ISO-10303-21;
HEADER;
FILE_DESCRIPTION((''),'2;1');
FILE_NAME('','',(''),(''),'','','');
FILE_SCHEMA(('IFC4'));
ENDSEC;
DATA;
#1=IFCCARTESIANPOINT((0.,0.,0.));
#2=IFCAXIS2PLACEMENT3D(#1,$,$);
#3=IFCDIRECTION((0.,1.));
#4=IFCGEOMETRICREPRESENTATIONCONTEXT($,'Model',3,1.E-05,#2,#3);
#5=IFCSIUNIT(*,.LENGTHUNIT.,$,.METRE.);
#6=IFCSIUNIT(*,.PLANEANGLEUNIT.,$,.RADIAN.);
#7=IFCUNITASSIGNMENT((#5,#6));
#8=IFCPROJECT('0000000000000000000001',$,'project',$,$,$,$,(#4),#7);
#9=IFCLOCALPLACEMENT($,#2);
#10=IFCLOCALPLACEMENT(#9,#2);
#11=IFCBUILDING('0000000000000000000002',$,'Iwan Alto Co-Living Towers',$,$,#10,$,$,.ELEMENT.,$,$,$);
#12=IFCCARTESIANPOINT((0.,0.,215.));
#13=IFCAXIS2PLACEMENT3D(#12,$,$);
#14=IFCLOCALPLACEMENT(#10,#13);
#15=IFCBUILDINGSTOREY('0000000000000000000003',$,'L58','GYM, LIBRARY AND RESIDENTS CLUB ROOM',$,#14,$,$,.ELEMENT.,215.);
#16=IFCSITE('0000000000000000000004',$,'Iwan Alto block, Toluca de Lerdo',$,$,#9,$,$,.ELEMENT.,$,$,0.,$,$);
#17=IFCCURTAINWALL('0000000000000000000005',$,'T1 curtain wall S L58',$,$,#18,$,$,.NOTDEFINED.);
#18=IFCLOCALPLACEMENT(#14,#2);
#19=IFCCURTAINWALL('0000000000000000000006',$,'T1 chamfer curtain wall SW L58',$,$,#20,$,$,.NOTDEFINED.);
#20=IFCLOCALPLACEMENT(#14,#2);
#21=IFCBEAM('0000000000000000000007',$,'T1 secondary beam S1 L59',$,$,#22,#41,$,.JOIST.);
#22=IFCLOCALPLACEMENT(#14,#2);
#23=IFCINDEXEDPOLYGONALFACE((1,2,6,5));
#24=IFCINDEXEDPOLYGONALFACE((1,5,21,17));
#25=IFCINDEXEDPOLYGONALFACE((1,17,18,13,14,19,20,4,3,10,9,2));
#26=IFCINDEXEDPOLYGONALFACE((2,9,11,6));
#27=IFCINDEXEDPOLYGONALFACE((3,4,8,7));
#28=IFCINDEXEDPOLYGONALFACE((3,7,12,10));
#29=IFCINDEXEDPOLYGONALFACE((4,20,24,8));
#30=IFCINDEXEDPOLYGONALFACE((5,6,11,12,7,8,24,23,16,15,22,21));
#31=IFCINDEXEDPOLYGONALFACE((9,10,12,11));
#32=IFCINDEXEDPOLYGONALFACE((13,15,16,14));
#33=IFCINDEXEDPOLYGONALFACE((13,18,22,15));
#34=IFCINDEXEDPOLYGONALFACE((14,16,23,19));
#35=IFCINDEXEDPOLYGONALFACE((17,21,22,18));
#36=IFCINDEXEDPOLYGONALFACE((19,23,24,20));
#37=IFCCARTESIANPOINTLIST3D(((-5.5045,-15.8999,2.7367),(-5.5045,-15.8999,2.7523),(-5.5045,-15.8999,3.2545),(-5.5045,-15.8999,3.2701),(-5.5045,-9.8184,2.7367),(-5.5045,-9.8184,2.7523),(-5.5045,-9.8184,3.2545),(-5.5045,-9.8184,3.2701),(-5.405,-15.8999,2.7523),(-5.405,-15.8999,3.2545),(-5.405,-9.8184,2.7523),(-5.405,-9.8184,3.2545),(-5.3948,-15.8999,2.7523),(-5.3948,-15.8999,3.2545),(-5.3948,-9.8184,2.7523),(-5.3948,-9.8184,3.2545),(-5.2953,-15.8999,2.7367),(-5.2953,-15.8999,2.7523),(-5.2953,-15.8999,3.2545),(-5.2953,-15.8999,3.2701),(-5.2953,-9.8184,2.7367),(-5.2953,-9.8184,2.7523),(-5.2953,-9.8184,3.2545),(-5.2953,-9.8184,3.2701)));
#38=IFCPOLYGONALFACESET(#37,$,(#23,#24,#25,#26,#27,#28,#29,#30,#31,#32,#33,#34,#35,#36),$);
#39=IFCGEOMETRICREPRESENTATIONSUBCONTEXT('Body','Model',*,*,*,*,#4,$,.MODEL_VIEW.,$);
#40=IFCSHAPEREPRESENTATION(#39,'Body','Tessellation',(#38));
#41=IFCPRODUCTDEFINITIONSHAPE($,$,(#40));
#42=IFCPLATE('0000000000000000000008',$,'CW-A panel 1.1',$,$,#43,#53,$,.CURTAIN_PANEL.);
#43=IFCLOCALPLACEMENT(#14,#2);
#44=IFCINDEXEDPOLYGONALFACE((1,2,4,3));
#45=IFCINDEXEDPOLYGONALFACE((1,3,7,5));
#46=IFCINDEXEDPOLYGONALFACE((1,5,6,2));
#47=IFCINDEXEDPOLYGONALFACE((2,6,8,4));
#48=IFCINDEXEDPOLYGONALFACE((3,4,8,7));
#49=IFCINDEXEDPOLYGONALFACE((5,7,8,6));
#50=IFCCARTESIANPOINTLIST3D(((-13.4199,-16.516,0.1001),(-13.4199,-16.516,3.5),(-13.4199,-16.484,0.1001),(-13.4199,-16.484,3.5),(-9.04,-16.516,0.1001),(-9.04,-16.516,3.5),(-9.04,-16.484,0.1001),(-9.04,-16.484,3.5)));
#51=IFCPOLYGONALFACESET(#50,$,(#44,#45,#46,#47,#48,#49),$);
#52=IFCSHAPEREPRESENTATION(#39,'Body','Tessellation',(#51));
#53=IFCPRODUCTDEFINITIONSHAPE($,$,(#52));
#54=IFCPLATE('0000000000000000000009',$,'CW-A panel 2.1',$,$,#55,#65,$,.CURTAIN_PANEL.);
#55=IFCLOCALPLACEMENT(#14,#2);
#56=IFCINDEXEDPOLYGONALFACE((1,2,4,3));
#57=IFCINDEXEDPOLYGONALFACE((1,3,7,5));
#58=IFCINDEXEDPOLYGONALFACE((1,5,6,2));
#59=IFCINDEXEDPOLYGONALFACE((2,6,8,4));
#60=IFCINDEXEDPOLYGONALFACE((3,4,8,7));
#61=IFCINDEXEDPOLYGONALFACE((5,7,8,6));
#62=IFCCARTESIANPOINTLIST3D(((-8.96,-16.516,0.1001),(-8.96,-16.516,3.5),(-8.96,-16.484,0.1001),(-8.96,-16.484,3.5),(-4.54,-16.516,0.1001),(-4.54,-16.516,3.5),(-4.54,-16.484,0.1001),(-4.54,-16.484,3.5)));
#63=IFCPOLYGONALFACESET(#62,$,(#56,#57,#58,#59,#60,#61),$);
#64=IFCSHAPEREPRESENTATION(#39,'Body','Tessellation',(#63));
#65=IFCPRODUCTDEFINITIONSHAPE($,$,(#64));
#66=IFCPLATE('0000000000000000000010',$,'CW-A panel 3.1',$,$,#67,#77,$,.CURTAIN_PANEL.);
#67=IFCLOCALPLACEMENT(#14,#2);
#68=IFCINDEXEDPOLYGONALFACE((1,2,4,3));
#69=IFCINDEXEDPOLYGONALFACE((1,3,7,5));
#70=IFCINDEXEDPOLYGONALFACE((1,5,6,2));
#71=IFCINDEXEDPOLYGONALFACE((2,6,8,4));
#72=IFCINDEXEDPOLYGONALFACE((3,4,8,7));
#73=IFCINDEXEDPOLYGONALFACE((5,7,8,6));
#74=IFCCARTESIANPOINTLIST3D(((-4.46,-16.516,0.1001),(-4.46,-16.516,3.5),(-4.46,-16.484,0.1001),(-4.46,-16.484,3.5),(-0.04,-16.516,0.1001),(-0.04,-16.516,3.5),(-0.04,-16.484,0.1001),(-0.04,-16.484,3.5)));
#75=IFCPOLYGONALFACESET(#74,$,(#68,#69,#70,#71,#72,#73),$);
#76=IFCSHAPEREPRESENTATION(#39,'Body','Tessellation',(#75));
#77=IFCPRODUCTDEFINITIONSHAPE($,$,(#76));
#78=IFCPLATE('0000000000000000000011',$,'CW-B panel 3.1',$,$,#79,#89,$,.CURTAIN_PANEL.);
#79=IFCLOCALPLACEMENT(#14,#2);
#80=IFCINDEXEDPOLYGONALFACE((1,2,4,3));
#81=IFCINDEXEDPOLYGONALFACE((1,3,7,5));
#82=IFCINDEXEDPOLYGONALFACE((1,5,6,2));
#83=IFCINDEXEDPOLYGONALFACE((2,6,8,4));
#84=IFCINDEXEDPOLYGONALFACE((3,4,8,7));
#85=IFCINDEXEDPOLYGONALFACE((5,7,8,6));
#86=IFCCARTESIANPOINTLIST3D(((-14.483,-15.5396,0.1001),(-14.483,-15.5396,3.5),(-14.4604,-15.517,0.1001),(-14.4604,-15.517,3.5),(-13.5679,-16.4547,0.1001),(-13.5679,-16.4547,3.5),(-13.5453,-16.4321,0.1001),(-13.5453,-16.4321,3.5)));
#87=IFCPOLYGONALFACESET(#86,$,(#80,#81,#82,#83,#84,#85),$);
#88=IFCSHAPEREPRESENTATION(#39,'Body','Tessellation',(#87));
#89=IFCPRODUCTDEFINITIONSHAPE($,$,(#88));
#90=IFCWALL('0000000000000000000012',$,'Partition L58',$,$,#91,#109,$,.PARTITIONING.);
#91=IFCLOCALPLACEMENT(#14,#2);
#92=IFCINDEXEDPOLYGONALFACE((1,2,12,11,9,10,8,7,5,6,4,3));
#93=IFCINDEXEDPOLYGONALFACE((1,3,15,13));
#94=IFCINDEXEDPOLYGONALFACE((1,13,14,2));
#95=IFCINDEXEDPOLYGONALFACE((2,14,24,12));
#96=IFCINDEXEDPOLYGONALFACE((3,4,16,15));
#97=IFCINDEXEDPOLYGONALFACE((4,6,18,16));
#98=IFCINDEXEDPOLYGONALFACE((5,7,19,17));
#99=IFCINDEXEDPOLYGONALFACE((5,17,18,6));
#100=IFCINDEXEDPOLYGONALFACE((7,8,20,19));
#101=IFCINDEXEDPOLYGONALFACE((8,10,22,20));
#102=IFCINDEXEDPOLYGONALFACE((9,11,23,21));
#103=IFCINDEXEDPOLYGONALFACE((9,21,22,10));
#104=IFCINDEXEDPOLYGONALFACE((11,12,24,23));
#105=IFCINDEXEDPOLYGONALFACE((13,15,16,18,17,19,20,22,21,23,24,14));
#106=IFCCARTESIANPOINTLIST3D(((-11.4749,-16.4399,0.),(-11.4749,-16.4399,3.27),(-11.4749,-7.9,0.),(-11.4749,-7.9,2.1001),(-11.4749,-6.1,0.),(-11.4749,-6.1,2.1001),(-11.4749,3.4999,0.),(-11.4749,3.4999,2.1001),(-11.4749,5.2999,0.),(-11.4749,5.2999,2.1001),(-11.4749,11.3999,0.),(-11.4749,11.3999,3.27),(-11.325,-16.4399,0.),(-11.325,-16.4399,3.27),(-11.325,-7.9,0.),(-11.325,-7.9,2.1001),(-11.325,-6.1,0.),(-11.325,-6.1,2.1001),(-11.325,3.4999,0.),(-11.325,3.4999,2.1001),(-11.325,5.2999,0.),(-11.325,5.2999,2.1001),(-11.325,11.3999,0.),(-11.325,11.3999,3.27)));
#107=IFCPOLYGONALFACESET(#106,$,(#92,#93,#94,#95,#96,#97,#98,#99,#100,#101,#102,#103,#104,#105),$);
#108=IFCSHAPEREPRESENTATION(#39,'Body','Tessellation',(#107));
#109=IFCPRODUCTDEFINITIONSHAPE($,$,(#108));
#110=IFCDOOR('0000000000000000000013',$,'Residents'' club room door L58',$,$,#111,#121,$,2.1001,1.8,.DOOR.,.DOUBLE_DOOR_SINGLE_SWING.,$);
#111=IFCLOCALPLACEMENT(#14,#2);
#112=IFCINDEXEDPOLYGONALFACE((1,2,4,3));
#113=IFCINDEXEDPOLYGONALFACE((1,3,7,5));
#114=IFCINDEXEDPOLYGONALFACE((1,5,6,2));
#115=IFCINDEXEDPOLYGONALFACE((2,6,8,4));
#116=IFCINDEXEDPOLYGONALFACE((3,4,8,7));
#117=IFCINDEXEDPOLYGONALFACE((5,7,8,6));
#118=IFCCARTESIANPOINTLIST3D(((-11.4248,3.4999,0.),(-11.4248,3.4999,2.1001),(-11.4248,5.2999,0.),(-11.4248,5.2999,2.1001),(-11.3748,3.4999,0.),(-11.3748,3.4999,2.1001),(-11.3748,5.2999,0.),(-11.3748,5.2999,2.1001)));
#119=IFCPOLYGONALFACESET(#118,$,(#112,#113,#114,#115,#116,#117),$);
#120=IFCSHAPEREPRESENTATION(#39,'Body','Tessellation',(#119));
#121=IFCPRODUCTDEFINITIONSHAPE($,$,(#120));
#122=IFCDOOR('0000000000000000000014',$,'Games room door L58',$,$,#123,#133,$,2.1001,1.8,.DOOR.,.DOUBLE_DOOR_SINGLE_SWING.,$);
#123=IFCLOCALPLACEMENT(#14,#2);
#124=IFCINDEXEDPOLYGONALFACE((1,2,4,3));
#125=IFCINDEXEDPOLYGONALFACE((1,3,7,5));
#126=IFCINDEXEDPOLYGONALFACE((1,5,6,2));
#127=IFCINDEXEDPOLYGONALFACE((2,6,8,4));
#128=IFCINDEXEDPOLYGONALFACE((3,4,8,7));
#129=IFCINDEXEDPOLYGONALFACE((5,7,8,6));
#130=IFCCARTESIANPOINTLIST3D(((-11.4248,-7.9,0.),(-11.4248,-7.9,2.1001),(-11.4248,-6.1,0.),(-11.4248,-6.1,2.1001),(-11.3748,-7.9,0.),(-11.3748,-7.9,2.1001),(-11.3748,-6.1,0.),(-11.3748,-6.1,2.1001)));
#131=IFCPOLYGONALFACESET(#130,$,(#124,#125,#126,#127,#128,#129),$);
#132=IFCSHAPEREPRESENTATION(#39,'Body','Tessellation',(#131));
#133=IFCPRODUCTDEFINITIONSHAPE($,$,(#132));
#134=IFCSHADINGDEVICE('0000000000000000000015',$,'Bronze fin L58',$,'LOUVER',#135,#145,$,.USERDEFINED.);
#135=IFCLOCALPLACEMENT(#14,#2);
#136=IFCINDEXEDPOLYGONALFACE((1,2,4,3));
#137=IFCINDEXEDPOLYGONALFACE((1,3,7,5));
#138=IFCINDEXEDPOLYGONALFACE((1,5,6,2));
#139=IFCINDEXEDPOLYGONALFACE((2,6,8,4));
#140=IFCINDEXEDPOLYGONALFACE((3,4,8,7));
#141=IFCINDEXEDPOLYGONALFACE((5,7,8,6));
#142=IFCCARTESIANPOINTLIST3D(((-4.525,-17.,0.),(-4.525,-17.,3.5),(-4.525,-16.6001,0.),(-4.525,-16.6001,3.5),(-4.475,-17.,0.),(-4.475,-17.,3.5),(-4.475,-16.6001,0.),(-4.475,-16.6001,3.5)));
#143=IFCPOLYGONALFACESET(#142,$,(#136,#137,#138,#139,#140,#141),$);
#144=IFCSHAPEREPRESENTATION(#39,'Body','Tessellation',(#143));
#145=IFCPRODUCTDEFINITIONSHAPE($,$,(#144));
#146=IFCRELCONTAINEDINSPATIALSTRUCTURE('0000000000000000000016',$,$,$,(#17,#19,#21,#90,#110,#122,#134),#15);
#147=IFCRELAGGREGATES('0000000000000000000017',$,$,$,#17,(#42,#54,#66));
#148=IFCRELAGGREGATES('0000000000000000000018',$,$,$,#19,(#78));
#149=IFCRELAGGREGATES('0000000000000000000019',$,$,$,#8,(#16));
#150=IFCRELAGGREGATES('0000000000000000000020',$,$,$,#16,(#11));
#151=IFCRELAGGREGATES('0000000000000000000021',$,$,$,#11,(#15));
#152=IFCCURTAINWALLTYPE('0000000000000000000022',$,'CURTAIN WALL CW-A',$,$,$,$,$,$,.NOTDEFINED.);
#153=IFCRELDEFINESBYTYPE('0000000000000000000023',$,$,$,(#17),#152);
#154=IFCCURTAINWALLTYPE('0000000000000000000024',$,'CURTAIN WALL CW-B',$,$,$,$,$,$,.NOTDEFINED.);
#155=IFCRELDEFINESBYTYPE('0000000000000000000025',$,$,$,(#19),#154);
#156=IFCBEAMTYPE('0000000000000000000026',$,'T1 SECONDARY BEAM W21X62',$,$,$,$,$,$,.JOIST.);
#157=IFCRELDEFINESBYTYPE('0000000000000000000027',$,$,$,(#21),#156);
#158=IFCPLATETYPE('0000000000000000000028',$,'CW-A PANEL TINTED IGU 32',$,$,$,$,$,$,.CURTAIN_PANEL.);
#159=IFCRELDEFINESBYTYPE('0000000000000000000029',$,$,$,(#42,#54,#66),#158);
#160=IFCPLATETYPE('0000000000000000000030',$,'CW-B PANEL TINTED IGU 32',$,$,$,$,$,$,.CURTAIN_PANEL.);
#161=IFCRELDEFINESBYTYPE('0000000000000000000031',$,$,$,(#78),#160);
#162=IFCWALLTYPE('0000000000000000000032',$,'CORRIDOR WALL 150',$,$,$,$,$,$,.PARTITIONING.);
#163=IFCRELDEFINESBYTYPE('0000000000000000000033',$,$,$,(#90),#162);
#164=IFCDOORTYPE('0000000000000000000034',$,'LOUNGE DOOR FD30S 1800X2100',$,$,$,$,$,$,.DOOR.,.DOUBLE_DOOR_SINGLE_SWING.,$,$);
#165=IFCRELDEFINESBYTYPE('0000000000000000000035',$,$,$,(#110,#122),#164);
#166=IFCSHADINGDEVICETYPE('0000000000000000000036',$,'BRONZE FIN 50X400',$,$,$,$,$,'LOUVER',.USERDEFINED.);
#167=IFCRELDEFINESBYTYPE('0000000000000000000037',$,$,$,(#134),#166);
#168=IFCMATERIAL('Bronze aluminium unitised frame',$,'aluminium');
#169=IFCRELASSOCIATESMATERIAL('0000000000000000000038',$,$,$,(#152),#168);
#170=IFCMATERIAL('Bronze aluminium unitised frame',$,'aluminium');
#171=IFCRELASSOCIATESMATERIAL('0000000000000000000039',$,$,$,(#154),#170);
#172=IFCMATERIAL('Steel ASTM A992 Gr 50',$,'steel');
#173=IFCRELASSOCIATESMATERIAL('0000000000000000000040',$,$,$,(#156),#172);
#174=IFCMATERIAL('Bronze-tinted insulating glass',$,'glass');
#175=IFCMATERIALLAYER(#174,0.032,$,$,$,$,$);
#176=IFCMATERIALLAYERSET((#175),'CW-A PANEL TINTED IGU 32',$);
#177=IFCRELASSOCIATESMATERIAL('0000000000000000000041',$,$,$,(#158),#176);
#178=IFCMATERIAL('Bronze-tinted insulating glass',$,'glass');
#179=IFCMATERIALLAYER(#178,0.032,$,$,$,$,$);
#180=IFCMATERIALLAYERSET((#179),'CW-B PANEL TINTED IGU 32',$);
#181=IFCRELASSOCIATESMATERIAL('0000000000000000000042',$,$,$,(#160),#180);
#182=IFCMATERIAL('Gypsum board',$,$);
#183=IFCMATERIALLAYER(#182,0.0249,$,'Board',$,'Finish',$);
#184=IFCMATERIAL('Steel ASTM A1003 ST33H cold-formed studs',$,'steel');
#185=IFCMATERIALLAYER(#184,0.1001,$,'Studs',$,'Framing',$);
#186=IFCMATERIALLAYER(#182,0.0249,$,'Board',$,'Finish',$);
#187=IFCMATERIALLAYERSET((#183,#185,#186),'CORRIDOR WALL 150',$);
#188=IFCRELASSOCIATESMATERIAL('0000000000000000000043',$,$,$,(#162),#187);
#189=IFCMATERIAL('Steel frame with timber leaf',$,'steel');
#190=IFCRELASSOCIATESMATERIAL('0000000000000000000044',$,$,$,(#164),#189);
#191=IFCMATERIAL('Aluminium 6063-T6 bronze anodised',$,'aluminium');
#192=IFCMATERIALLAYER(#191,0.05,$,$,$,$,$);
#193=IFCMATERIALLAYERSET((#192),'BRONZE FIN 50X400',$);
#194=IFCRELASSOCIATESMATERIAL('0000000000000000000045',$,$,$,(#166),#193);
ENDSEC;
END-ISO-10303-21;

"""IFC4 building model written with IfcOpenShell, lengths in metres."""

from ifc_helpers import new_model, si_unit, direction, frame, frame_2d, origin, origin_2d, place, context, subcontext, project, spatial, rectangle, i_section, extrude, material, layer, layer_set, material_profile, profile_set, type_object, element, fill, aggregate, save


model = new_model("IFC4")

# Units and contexts
model_context = context("Model", 3, precision=1e-05, world=origin(), true_north=direction((0.0, 1.0)))
body_context = subcontext(model_context, "Body", "Model", "MODEL_VIEW")
ifc_project = project(units=[si_unit("LENGTHUNIT", "METRE"), si_unit("PLANEANGLEUNIT", "RADIAN")], contexts=[model_context])

# Site, building, storey
site_placement = place(None, origin())
site = spatial("IfcSite", under=ifc_project, at=site_placement, Name="Iwan Alto block, Toluca de Lerdo", CompositionType="ELEMENT", RefElevation=0.0)
building_placement = place(site_placement, origin())
building = spatial("IfcBuilding", under=site, at=building_placement, Name="Iwan Alto Co-Living Towers", CompositionType="ELEMENT")
storey_placement = place(building_placement, frame((0.0, 0.0, 215.0)))
storey = spatial("IfcBuildingStorey", under=building, at=storey_placement, Name="L58", Description="GYM, LIBRARY AND RESIDENTS CLUB ROOM", CompositionType="ELEMENT", Elevation=215.0)

# Curtain wall
ifc_material_1 = material(Name="Bronze aluminium unitised frame", Category="aluminium")
curtain_wall_type_1 = type_object("IfcCurtainWallType", Name="CURTAIN WALL CW-A", PredefinedType="NOTDEFINED", material=ifc_material_1)
curtain_wall_1_placement = place(storey_placement, origin())
curtain_wall_1 = element("IfcCurtainWall", 1, at=curtain_wall_1_placement, inside=storey, type_object=curtain_wall_type_1, Name="T1 curtain wall S L58", PredefinedType="NOTDEFINED")

# Curtain wall
ifc_material_2 = material(Name="Bronze aluminium unitised frame", Category="aluminium")
curtain_wall_type_2 = type_object("IfcCurtainWallType", Name="CURTAIN WALL CW-B", PredefinedType="NOTDEFINED", material=ifc_material_2)
curtain_wall_2_placement = place(storey_placement, origin())
curtain_wall_2 = element("IfcCurtainWall", 2, at=curtain_wall_2_placement, inside=storey, type_object=curtain_wall_type_2, Name="T1 chamfer curtain wall SW L58", PredefinedType="NOTDEFINED")

# Beam
ifc_material_3 = material(Name="Steel ASTM A992 Gr 50", Category="steel")
ifc_material_profile_1 = material_profile(ifc_material_3, i_section(OverallWidth=0.2092, OverallDepth=0.5334, WebThickness=0.0103, FlangeThickness=0.0156, at=origin_2d()), Name="W21X62")
ifc_profile_set_1 = profile_set([ifc_material_profile_1], Name="Steel ASTM A992 Gr 50")
beam_type_1 = type_object("IfcBeamType", Name="T1 SECONDARY BEAM W21X62", PredefinedType="JOIST", material=ifc_profile_set_1)
beam_1_placement = place(storey_placement, frame((-5.3999, -15.8999, 3.0034), z_axis=(0.0, 1.0, 0.0), x_axis=(-1.0, 0.0, 0.0)))
element("IfcBeam", 3, at=beam_1_placement, inside=storey, type_object=beam_type_1, Name="T1 secondary beam S1 L59", PredefinedType="JOIST", context=body_context, shape_type="SweptSolid", body=[
    extrude(i_section(OverallWidth=0.2092, OverallDepth=0.5334, WebThickness=0.0103, FlangeThickness=0.0156, at=origin_2d()), origin(), (0.0, 0.0, 1.0), 6.0815),
])

# Plates
ifc_material_4 = material(Name="Bronze-tinted insulating glass", Category="glass")
ifc_layer_1 = layer(ifc_material_4, 0.032)
ifc_layer_set_1 = layer_set([ifc_layer_1], Name="CW-A PANEL TINTED IGU 32")
plate_type_1 = type_object("IfcPlateType", Name="CW-A PANEL TINTED IGU 32", PredefinedType="CURTAIN_PANEL", material=ifc_layer_set_1)
plate_1_placement = place(storey_placement, frame((-11.23, -16.5, 0.1001), z_axis=(0.0, 0.0, 1.0), x_axis=(1.0, 0.0, 0.0)))
plate_1 = element("IfcPlate", 4, at=plate_1_placement, type_object=plate_type_1, Name="CW-A panel 1.1", PredefinedType="CURTAIN_PANEL", context=body_context, shape_type="SweptSolid", body=[
    extrude(rectangle(XDim=4.3799, YDim=0.032, at=origin_2d()), origin(), (0.0, 0.0, 1.0), 3.3999),
])
plate_2_placement = place(storey_placement, frame((-6.75, -16.5, 0.1001), z_axis=(0.0, 0.0, 1.0), x_axis=(1.0, 0.0, 0.0)))
plate_2 = element("IfcPlate", 5, at=plate_2_placement, type_object=plate_type_1, Name="CW-A panel 2.1", PredefinedType="CURTAIN_PANEL", context=body_context, shape_type="SweptSolid", body=[
    extrude(rectangle(XDim=4.4199, YDim=0.032, at=origin_2d()), origin(), (0.0, 0.0, 1.0), 3.3999),
])
plate_3_placement = place(storey_placement, frame((-2.25, -16.5, 0.1001), z_axis=(0.0, 0.0, 1.0), x_axis=(1.0, 0.0, 0.0)))
plate_3 = element("IfcPlate", 6, at=plate_3_placement, type_object=plate_type_1, Name="CW-A panel 3.1", PredefinedType="CURTAIN_PANEL", context=body_context, shape_type="SweptSolid", body=[
    extrude(rectangle(XDim=4.4199, YDim=0.032, at=origin_2d()), origin(), (0.0, 0.0, 1.0), 3.3999),
])
aggregate(curtain_wall_1, [plate_1, plate_2, plate_3])
ifc_material_5 = material(Name="Bronze-tinted insulating glass", Category="glass")
ifc_layer_2 = layer(ifc_material_5, 0.032)
ifc_layer_set_2 = layer_set([ifc_layer_2], Name="CW-B PANEL TINTED IGU 32")
plate_type_2 = type_object("IfcPlateType", Name="CW-B PANEL TINTED IGU 32", PredefinedType="CURTAIN_PANEL", material=ifc_layer_set_2)
plate_4_placement = place(storey_placement, frame((-14.0142, -15.9858, 0.1001), z_axis=(0.0, 0.0, 1.0), x_axis=(0.707107, -0.707107, 0.0)))
plate_4 = element("IfcPlate", 7, at=plate_4_placement, type_object=plate_type_2, Name="CW-B panel 3.1", PredefinedType="CURTAIN_PANEL", context=body_context, shape_type="SweptSolid", body=[
    extrude(rectangle(XDim=1.2942, YDim=0.032, at=origin_2d()), origin(), (0.0, 0.0, 1.0), 3.3999),
])
aggregate(curtain_wall_2, [plate_4])

# Wall, openings, doors
ifc_material_6 = material(Name="Gypsum board")
ifc_layer_3 = layer(ifc_material_6, 0.0249, Name="Board", Category="Finish")
ifc_material_7 = material(Name="Steel ASTM A1003 ST33H cold-formed studs", Category="steel")
ifc_layer_4 = layer(ifc_material_7, 0.1001, Name="Studs", Category="Framing")
ifc_layer_5 = layer(ifc_material_6, 0.0249, Name="Board", Category="Finish")
ifc_layer_set_3 = layer_set([ifc_layer_3, ifc_layer_4, ifc_layer_5], Name="CORRIDOR WALL 150")
wall_type = type_object("IfcWallType", Name="CORRIDOR WALL 150", PredefinedType="PARTITIONING", material=ifc_layer_set_3)
wall_placement = place(storey_placement, frame((-11.3999, -16.4399, 0.0), z_axis=(0.0, 0.0, 1.0), x_axis=(0.0, 1.0, 0.0)))
wall = element("IfcWall", 8, at=wall_placement, inside=storey, type_object=wall_type, Name="Partition L58", PredefinedType="PARTITIONING", context=body_context, shape_type="SweptSolid", body=[
    extrude(rectangle(XDim=27.8398, YDim=0.1499, at=frame_2d((13.9199, 0.0))), origin(), (0.0, 0.0, 1.0), 3.27),
])
opening_1_placement = place(wall_placement, frame((19.9399, 0.0, 0.0)))
opening_1 = element("IfcOpeningElement", 9, at=opening_1_placement, cuts=wall, PredefinedType="OPENING", context=body_context, shape_type="SweptSolid", body=[
    extrude(rectangle(XDim=1.8, YDim=2.1001, at=frame_2d((0.8999, 1.05))), frame((0.0, 0.085, 0.0), z_axis=(0.0, -1.0, 0.0), x_axis=(1.0, 0.0, 0.0)), (0.0, 0.0, 1.0), 0.1699),
])
opening_2_placement = place(wall_placement, frame((8.54, 0.0, 0.0)))
opening_2 = element("IfcOpeningElement", 10, at=opening_2_placement, cuts=wall, PredefinedType="OPENING", context=body_context, shape_type="SweptSolid", body=[
    extrude(rectangle(XDim=1.8, YDim=2.1001, at=frame_2d((0.8999, 1.05))), frame((0.0, 0.085, 0.0), z_axis=(0.0, -1.0, 0.0), x_axis=(1.0, 0.0, 0.0)), (0.0, 0.0, 1.0), 0.1699),
])
ifc_material_8 = material(Name="Steel frame with timber leaf", Category="steel")
door_type = type_object("IfcDoorType", Name="LOUNGE DOOR FD30S 1800X2100", OperationType="DOUBLE_DOOR_SINGLE_SWING", PredefinedType="DOOR", material=ifc_material_8)
door_1_placement = place(opening_1_placement, origin())
door_1 = element("IfcDoor", 11, at=door_1_placement, inside=storey, type_object=door_type, Name="Residents' club room door L58", OperationType="DOUBLE_DOOR_SINGLE_SWING", OverallHeight=2.1001, OverallWidth=1.8, PredefinedType="DOOR", context=body_context, shape_type="SweptSolid", body=[
    extrude(rectangle(XDim=1.8, YDim=2.1001, at=frame_2d((0.8999, 1.05))), frame((0.0, 0.0249, 0.0), z_axis=(0.0, -1.0, 0.0), x_axis=(1.0, 0.0, 0.0)), (0.0, 0.0, 1.0), 0.05),
])
fill(opening_1, door_1)
door_2_placement = place(opening_2_placement, origin())
door_2 = element("IfcDoor", 12, at=door_2_placement, inside=storey, type_object=door_type, Name="Games room door L58", OperationType="DOUBLE_DOOR_SINGLE_SWING", OverallHeight=2.1001, OverallWidth=1.8, PredefinedType="DOOR", context=body_context, shape_type="SweptSolid", body=[
    extrude(rectangle(XDim=1.8, YDim=2.1001, at=frame_2d((0.8999, 1.05))), frame((0.0, 0.0249, 0.0), z_axis=(0.0, -1.0, 0.0), x_axis=(1.0, 0.0, 0.0)), (0.0, 0.0, 1.0), 0.05),
])
fill(opening_2, door_2)

# Shading device
ifc_material_9 = material(Name="Aluminium 6063-T6 bronze anodised", Category="aluminium")
ifc_layer_6 = layer(ifc_material_9, 0.05)
ifc_layer_set_4 = layer_set([ifc_layer_6], Name="BRONZE FIN 50X400")
shading_device_type = type_object("IfcShadingDeviceType", Name="BRONZE FIN 50X400", ElementType="LOUVER", PredefinedType="USERDEFINED", material=ifc_layer_set_4)
shading_device_placement = place(storey_placement, frame((-4.5, -16.8, 0.0), z_axis=(0.0, 0.0, 1.0), x_axis=(1.0, 0.0, 0.0)))
element("IfcShadingDevice", 13, at=shading_device_placement, inside=storey, type_object=shading_device_type, Name="Bronze fin L58", ObjectType="LOUVER", PredefinedType="USERDEFINED", context=body_context, shape_type="SweptSolid", body=[
    extrude(rectangle(XDim=0.05, YDim=0.3999, at=origin_2d()), origin(), (0.0, 0.0, 1.0), 3.5),
])

save(model, "model.ifc")
